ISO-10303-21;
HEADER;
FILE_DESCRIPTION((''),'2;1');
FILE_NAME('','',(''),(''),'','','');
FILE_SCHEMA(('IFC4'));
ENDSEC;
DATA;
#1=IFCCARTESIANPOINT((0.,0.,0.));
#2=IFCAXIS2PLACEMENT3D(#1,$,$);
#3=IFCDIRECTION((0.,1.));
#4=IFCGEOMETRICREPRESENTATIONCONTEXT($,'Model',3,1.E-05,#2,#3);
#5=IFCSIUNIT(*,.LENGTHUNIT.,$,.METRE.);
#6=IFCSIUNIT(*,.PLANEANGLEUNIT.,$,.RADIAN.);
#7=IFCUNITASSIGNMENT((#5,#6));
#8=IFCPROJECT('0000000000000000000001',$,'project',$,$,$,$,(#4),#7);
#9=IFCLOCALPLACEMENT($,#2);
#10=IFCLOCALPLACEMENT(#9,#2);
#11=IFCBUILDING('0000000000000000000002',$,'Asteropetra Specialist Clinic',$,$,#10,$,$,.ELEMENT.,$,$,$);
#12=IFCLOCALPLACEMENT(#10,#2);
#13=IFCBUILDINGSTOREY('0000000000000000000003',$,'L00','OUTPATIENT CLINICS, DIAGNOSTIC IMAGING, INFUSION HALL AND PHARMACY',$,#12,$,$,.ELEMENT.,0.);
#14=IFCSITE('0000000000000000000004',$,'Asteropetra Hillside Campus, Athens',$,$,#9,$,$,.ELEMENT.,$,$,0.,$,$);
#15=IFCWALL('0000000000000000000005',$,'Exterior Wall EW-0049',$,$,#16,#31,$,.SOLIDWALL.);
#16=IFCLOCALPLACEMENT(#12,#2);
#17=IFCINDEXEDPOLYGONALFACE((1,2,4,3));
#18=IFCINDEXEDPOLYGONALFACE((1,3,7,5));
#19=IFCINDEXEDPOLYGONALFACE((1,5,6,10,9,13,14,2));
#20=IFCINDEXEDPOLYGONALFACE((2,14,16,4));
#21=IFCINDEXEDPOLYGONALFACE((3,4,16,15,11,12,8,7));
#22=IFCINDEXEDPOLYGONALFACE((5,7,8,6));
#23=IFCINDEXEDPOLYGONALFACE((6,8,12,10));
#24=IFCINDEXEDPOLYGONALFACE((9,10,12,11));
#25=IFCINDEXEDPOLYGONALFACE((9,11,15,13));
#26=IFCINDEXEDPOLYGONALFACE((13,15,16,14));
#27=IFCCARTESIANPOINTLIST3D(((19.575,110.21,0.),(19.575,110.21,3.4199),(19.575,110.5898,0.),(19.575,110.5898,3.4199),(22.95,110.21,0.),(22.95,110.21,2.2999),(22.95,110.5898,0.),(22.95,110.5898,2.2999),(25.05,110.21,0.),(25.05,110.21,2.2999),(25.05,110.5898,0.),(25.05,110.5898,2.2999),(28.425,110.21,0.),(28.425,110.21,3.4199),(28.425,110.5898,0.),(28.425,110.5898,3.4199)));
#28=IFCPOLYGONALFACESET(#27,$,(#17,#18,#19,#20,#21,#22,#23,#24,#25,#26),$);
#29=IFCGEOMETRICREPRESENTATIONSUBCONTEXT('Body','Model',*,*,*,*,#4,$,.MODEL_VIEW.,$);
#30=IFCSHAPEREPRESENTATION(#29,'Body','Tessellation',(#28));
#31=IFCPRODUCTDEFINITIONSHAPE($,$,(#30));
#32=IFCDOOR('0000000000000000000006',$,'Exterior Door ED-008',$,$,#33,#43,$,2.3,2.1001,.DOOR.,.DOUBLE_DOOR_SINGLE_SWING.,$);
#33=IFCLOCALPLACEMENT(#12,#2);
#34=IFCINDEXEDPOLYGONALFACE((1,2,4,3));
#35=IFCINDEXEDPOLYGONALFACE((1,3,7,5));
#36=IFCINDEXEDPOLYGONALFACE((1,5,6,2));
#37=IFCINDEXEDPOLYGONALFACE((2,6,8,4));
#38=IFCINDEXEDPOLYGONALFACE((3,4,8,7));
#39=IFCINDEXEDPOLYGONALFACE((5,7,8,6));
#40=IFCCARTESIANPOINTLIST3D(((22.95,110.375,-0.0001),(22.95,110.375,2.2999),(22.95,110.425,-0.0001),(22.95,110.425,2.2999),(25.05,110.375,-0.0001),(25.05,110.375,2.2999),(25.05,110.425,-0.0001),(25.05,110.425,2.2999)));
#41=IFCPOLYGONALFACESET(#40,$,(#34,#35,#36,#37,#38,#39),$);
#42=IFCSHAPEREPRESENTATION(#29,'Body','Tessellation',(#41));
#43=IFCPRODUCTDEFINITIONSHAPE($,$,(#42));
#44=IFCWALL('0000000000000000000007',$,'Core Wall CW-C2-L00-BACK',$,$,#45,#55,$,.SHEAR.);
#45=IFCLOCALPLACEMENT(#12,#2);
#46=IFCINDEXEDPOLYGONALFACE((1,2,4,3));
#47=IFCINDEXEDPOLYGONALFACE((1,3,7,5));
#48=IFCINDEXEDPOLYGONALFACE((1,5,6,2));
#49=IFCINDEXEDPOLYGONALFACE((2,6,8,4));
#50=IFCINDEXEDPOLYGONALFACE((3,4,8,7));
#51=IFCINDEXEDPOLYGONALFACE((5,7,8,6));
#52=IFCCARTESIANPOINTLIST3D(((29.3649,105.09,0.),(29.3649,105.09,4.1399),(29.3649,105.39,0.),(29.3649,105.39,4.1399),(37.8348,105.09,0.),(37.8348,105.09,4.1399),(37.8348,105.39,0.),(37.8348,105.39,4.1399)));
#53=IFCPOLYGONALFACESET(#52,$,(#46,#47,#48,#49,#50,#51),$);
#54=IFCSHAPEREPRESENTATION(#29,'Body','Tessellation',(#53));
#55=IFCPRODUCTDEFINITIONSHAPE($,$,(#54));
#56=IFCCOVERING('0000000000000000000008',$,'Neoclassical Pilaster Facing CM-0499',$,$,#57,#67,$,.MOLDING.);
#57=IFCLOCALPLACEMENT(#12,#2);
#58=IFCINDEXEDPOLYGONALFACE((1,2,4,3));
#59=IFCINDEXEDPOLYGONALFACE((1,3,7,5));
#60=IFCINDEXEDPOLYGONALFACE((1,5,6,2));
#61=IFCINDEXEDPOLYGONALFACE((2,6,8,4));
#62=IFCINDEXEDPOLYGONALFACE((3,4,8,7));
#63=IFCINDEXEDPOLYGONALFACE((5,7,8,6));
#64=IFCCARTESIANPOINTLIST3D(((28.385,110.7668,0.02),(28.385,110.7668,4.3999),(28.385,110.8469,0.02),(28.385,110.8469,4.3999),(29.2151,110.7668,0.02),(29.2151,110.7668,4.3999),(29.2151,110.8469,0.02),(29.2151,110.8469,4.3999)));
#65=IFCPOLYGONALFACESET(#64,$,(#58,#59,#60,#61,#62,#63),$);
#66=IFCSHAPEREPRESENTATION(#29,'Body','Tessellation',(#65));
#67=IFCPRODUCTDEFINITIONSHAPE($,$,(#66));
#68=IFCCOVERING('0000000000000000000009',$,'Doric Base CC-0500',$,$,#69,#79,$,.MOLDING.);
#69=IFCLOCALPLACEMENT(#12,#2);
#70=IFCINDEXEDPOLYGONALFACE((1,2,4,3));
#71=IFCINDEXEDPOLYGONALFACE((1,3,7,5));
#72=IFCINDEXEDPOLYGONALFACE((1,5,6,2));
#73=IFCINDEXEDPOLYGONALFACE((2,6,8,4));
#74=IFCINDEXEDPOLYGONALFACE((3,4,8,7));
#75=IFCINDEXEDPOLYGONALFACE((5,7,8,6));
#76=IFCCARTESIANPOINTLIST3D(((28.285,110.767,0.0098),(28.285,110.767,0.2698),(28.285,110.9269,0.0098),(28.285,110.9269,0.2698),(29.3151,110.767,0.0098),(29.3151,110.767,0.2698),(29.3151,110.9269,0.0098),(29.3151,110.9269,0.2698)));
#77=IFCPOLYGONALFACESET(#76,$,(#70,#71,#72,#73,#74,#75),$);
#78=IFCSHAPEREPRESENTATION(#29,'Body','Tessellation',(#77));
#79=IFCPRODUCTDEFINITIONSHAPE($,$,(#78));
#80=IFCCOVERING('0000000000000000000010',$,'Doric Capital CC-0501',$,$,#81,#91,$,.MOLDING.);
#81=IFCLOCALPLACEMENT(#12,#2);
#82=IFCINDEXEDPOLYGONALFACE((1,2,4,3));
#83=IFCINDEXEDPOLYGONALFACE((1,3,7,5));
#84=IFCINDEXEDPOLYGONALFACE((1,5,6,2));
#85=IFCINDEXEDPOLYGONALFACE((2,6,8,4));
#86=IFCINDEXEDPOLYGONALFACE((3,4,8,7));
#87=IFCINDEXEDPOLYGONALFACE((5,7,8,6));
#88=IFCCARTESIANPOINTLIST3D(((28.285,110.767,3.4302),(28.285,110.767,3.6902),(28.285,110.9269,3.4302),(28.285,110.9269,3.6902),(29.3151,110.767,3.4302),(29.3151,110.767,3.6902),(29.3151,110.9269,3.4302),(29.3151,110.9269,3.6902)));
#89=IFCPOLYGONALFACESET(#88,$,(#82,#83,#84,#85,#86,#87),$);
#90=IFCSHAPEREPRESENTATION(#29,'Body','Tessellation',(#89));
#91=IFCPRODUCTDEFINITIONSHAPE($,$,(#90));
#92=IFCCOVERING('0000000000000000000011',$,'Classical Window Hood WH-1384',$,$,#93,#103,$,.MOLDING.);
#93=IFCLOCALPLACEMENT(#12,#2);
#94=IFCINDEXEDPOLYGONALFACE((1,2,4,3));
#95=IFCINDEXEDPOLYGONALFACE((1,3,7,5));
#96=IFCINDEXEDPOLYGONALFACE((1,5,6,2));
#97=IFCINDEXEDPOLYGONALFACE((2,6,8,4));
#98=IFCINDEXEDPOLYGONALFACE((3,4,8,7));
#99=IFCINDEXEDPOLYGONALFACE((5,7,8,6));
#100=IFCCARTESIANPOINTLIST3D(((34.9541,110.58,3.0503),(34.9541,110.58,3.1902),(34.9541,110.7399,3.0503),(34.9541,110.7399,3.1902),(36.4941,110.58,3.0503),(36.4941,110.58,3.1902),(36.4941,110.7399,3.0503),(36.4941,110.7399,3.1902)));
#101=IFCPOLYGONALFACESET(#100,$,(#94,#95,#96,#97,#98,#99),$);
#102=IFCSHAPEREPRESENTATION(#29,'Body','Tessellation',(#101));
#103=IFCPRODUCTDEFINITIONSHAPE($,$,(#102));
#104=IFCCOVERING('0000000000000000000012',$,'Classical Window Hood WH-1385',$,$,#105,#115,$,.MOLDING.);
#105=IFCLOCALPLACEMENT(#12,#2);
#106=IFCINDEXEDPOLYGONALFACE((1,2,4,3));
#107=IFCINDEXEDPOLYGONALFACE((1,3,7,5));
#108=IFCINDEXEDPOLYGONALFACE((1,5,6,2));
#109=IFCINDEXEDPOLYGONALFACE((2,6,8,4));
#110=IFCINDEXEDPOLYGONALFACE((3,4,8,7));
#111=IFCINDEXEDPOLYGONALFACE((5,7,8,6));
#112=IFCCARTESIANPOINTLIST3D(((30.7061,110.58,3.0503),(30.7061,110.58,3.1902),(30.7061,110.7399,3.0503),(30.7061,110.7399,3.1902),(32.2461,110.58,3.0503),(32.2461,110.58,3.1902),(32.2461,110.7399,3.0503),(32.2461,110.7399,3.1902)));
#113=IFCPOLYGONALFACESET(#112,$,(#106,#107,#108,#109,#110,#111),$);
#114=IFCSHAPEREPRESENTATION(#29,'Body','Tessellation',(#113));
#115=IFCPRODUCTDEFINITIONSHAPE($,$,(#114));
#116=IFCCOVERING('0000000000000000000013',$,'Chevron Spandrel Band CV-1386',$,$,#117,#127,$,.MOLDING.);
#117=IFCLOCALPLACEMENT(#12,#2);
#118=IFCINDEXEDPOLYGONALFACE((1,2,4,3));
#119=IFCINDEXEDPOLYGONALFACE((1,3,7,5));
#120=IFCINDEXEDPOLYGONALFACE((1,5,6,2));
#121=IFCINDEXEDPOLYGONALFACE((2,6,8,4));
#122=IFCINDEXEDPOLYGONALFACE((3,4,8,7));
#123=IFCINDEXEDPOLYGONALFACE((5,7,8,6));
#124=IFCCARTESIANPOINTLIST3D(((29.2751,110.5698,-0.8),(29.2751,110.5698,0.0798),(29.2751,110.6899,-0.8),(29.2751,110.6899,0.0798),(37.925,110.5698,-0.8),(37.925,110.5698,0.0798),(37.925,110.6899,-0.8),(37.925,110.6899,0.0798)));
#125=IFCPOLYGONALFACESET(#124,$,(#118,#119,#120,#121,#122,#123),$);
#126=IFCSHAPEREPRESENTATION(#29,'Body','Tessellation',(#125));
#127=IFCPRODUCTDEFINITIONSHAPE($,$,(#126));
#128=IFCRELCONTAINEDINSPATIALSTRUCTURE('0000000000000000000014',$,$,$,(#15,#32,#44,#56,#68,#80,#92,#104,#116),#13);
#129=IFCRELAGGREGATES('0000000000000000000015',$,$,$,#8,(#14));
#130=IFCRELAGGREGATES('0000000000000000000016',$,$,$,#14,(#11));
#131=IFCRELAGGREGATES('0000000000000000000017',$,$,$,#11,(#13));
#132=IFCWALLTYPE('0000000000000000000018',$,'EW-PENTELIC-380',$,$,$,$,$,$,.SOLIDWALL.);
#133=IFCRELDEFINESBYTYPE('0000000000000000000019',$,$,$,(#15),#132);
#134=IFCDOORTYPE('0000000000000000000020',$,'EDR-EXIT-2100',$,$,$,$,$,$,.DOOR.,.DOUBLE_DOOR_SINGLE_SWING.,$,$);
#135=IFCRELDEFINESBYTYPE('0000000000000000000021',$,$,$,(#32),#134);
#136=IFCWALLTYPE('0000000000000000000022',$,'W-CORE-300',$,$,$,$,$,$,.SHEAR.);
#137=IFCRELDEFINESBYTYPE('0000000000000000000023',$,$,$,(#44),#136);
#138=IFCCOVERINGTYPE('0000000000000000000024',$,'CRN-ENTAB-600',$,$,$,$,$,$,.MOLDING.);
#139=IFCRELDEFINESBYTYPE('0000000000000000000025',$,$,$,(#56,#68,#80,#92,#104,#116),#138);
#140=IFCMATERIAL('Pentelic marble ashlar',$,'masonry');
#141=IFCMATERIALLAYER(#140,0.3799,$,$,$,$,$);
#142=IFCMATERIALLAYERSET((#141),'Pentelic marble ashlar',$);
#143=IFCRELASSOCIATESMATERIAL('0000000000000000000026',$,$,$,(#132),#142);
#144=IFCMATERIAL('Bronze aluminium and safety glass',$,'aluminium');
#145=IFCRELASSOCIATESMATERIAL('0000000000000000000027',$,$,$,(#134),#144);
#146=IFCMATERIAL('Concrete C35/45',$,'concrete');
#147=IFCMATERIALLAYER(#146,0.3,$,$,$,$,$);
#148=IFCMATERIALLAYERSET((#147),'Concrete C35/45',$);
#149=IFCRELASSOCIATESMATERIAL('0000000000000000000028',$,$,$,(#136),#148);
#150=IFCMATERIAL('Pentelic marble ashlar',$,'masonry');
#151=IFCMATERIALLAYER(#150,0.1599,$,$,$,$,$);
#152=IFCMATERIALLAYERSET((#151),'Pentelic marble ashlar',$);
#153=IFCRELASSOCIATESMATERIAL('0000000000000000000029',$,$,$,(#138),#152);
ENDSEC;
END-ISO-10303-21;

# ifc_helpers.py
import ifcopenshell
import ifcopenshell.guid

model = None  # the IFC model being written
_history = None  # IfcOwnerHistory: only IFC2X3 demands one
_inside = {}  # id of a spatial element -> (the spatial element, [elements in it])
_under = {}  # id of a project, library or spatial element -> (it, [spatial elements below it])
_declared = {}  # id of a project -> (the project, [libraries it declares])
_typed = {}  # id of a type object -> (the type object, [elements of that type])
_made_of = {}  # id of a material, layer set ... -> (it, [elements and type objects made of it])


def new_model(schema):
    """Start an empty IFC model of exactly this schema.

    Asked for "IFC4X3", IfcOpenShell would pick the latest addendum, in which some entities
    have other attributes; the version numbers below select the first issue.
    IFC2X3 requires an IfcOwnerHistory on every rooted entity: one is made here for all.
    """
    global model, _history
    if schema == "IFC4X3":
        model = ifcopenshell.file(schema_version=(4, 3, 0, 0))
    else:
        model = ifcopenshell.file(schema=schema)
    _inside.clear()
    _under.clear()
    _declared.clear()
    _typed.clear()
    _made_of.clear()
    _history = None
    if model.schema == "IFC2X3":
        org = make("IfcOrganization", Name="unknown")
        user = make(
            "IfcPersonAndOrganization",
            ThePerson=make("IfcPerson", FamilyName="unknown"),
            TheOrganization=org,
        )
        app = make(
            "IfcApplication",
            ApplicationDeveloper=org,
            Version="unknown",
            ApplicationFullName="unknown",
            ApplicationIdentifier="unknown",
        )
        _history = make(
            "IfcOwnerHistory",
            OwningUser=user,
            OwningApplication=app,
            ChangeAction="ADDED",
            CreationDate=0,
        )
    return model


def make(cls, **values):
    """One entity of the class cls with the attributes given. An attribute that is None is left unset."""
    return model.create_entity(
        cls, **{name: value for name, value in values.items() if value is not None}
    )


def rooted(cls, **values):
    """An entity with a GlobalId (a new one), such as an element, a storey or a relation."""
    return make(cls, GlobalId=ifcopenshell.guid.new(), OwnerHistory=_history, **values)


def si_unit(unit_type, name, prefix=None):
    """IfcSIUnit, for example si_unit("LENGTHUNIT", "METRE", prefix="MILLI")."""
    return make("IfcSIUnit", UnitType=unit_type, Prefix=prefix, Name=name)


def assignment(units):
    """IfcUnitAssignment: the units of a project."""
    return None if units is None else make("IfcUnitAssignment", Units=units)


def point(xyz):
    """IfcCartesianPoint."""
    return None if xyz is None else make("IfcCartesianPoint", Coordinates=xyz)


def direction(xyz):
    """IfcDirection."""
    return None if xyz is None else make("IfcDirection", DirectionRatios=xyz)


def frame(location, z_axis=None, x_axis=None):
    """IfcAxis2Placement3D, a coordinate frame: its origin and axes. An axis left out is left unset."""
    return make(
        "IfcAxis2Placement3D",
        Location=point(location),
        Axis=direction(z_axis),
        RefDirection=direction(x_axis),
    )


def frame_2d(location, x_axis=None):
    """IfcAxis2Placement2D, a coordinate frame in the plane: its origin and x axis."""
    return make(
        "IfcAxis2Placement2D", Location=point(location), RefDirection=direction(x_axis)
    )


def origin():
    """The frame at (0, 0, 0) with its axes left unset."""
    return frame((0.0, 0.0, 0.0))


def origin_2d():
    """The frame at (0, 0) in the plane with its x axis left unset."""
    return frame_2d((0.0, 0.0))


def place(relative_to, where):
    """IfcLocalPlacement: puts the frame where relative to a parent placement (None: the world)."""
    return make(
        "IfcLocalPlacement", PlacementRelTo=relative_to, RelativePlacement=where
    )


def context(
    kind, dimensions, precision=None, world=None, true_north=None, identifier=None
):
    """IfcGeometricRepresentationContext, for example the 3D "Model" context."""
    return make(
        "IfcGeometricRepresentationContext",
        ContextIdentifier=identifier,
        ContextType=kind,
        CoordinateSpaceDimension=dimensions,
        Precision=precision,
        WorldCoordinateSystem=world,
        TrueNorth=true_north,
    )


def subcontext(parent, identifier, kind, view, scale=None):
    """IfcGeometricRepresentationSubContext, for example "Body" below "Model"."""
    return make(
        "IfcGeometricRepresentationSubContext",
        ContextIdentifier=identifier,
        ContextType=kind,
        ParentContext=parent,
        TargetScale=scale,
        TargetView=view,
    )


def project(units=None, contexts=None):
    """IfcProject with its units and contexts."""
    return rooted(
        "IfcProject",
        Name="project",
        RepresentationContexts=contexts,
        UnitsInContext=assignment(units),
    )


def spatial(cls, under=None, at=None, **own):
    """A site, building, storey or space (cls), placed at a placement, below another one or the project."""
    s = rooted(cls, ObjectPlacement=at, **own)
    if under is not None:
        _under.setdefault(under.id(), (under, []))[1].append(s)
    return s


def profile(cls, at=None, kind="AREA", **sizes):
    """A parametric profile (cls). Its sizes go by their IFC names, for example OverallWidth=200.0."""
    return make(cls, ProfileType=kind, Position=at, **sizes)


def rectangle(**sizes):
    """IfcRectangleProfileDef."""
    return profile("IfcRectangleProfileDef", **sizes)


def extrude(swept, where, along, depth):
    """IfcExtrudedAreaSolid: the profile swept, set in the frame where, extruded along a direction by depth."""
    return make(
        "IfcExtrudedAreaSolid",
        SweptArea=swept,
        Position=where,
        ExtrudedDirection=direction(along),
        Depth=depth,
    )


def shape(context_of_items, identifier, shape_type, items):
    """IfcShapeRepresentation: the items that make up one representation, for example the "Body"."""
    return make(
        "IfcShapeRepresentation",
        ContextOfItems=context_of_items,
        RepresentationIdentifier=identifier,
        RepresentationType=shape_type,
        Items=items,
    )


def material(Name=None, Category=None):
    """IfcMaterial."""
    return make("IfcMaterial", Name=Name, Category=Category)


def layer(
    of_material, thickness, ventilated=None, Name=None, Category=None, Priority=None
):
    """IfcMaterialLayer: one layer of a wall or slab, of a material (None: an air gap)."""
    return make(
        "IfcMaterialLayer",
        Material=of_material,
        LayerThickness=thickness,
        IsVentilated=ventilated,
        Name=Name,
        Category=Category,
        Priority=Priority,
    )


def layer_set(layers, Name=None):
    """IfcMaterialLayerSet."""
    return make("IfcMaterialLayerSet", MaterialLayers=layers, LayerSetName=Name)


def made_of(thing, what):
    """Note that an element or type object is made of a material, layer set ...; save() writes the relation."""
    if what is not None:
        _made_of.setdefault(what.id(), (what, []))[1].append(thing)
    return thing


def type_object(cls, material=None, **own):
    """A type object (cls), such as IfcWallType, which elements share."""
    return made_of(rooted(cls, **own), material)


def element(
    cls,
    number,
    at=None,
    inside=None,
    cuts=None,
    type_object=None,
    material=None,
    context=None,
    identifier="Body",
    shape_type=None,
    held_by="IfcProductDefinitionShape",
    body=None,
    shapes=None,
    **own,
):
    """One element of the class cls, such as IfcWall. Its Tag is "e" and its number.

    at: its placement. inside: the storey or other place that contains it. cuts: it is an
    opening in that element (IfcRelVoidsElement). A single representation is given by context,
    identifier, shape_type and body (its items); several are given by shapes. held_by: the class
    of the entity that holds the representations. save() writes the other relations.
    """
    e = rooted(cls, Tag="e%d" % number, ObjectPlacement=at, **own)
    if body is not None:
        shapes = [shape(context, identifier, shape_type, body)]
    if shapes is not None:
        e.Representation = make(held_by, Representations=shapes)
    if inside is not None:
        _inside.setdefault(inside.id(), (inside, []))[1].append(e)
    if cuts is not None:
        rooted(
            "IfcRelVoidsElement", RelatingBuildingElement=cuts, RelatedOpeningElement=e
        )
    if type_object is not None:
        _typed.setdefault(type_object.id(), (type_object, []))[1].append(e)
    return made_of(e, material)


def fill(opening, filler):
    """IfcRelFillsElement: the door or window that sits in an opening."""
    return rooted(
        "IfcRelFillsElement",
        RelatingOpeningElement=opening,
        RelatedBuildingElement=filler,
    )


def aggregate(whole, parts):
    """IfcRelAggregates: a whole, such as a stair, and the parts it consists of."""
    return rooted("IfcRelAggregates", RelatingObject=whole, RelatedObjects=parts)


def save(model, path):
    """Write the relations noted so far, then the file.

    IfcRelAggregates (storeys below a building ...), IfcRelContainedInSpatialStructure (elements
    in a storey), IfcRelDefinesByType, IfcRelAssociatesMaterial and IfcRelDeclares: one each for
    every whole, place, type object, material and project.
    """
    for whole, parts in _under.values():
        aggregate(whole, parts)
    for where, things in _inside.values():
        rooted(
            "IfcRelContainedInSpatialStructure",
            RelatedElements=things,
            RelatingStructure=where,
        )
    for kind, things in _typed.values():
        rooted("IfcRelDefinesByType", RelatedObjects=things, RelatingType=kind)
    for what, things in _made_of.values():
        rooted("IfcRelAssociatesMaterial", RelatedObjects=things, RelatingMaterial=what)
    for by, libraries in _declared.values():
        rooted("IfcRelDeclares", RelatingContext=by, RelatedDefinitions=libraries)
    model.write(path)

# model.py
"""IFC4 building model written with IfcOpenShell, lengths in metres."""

from ifc_helpers import new_model, si_unit, direction, frame, frame_2d, origin, origin_2d, place, context, subcontext, project, spatial, rectangle, extrude, material, layer, layer_set, type_object, element, fill, save


model = new_model("IFC4")

# Units and contexts
model_context = context("Model", 3, precision=1e-05, world=origin(), true_north=direction((0.0, 1.0)))
body_context = subcontext(model_context, "Body", "Model", "MODEL_VIEW")
ifc_project = project(units=[si_unit("LENGTHUNIT", "METRE"), si_unit("PLANEANGLEUNIT", "RADIAN")], contexts=[model_context])

# Site, building, storey
site_placement = place(None, origin())
site = spatial("IfcSite", under=ifc_project, at=site_placement, Name="Asteropetra Hillside Campus, Athens", CompositionType="ELEMENT", RefElevation=0.0)
building_placement = place(site_placement, origin())
building = spatial("IfcBuilding", under=site, at=building_placement, Name="Asteropetra Specialist Clinic", CompositionType="ELEMENT")
storey_placement = place(building_placement, origin())
storey = spatial("IfcBuildingStorey", under=building, at=storey_placement, Name="L00", Description="OUTPATIENT CLINICS, DIAGNOSTIC IMAGING, INFUSION HALL AND PHARMACY", CompositionType="ELEMENT", Elevation=0.0)

# Wall, opening, door
ifc_material_1 = material(Name="Pentelic marble ashlar", Category="masonry")
ifc_layer_1 = layer(ifc_material_1, 0.3799)
ifc_layer_set_1 = layer_set([ifc_layer_1], Name="Pentelic marble ashlar")
wall_type_1 = type_object("IfcWallType", Name="EW-PENTELIC-380", PredefinedType="SOLIDWALL", material=ifc_layer_set_1)
wall_1_placement = place(storey_placement, frame((28.425, 110.3999, 0.0), z_axis=(0.0, 0.0, 1.0), x_axis=(-1.0, 0.0, 0.0)))
wall_1 = element("IfcWall", 1, at=wall_1_placement, inside=storey, type_object=wall_type_1, Name="Exterior Wall EW-0049", PredefinedType="SOLIDWALL", context=body_context, shape_type="SweptSolid", body=[
    extrude(rectangle(XDim=8.8501, YDim=0.3799, at=frame_2d((4.425, 0.0))), origin(), (0.0, 0.0, 1.0), 3.4199),
])
opening_placement = place(wall_1_placement, frame((3.375, 0.0, 0.0)))
opening = element("IfcOpeningElement", 2, at=opening_placement, cuts=wall_1, PredefinedType="OPENING", context=body_context, shape_type="SweptSolid", body=[
    extrude(rectangle(XDim=2.1001, YDim=2.3, at=frame_2d((1.05, 1.1499))), frame((0.0, 0.2, 0.0), z_axis=(0.0, -1.0, 0.0), x_axis=(1.0, 0.0, 0.0)), (0.0, 0.0, 1.0), 0.3999),
])
ifc_material_2 = material(Name="Bronze aluminium and safety glass", Category="aluminium")
door_type = type_object("IfcDoorType", Name="EDR-EXIT-2100", OperationType="DOUBLE_DOOR_SINGLE_SWING", PredefinedType="DOOR", material=ifc_material_2)
door_placement = place(opening_placement, origin())
door = element("IfcDoor", 3, at=door_placement, inside=storey, type_object=door_type, Name="Exterior Door ED-008", OperationType="DOUBLE_DOOR_SINGLE_SWING", OverallHeight=2.3, OverallWidth=2.1001, PredefinedType="DOOR", context=body_context, shape_type="SweptSolid", body=[
    extrude(rectangle(XDim=2.1001, YDim=2.3, at=frame_2d((1.05, 1.1499))), frame((0.0, 0.0249, 0.0), z_axis=(0.0, -1.0, 0.0), x_axis=(1.0, 0.0, 0.0)), (0.0, 0.0, 1.0), 0.05),
])
fill(opening, door)

# Wall
ifc_material_3 = material(Name="Concrete C35/45", Category="concrete")
ifc_layer_2 = layer(ifc_material_3, 0.3)
ifc_layer_set_2 = layer_set([ifc_layer_2], Name="Concrete C35/45")
wall_type_2 = type_object("IfcWallType", Name="W-CORE-300", PredefinedType="SHEAR", material=ifc_layer_set_2)
wall_2_placement = place(storey_placement, frame((29.365, 105.24, 0.0), z_axis=(0.0, 0.0, 1.0), x_axis=(1.0, 0.0, 0.0)))
element("IfcWall", 4, at=wall_2_placement, inside=storey, type_object=wall_type_2, Name="Core Wall CW-C2-L00-BACK", PredefinedType="SHEAR", context=body_context, shape_type="SweptSolid", body=[
    extrude(rectangle(XDim=8.47, YDim=0.3, at=frame_2d((4.2349, 0.0))), origin(), (0.0, 0.0, 1.0), 4.1399),
])

# Coverings
ifc_material_4 = material(Name="Pentelic marble ashlar", Category="masonry")
ifc_layer_3 = layer(ifc_material_4, 0.1599)
ifc_layer_set_3 = layer_set([ifc_layer_3], Name="Pentelic marble ashlar")
covering_type = type_object("IfcCoveringType", Name="CRN-ENTAB-600", PredefinedType="MOLDING", material=ifc_layer_set_3)
covering_1_placement = place(storey_placement, frame((28.8, 110.8069, 0.02), z_axis=(0.0, 0.0, 1.0), x_axis=(1.0, 0.0, 0.0)))
element("IfcCovering", 5, at=covering_1_placement, inside=storey, type_object=covering_type, Name="Neoclassical Pilaster Facing CM-0499", PredefinedType="MOLDING", context=body_context, shape_type="SweptSolid", body=[
    extrude(rectangle(XDim=0.8301, YDim=0.0801, at=origin_2d()), origin(), (0.0, 0.0, 1.0), 4.3799),
])
for number, where, z_axis, x_axis, name in (
    (6, (28.8, 110.8469, 0.0098), (0.0, 0.0, 1.0), (1.0, 0.0, 0.0), "Doric Base CC-0500"),
    (7, (28.8, 110.8469, 3.4302), (0.0, 0.0, 1.0), (1.0, 0.0, 0.0), "Doric Capital CC-0501"),
):
    element("IfcCovering", number, at=place(storey_placement, frame(where, z_axis=z_axis, x_axis=x_axis)), inside=storey, type_object=covering_type, Name=name, PredefinedType="MOLDING", context=body_context, shape_type="SweptSolid", body=[
        extrude(rectangle(XDim=1.03, YDim=0.1599, at=origin_2d()), origin(), (0.0, 0.0, 1.0), 0.26),
    ])
for number, where, z_axis, x_axis, name in (
    (8, (35.7241, 110.6599, 3.0503), (0.0, 0.0, 1.0), (1.0, 0.0, 0.0), "Classical Window Hood WH-1384"),
    (9, (31.4761, 110.6599, 3.0503), (0.0, 0.0, 1.0), (1.0, 0.0, 0.0), "Classical Window Hood WH-1385"),
):
    element("IfcCovering", number, at=place(storey_placement, frame(where, z_axis=z_axis, x_axis=x_axis)), inside=storey, type_object=covering_type, Name=name, PredefinedType="MOLDING", context=body_context, shape_type="SweptSolid", body=[
        extrude(rectangle(XDim=1.54, YDim=0.1599, at=origin_2d()), origin(), (0.0, 0.0, 1.0), 0.1399),
    ])
covering_2_placement = place(storey_placement, frame((33.6001, 110.6299, -0.8), z_axis=(0.0, 0.0, 1.0), x_axis=(1.0, 0.0, 0.0)))
element("IfcCovering", 10, at=covering_2_placement, inside=storey, type_object=covering_type, Name="Chevron Spandrel Band CV-1386", PredefinedType="MOLDING", context=body_context, shape_type="SweptSolid", body=[
    extrude(rectangle(XDim=8.6499, YDim=0.1201, at=origin_2d()), origin(), (0.0, 0.0, 1.0), 0.8799),
])

save(model, "model.ifc")
